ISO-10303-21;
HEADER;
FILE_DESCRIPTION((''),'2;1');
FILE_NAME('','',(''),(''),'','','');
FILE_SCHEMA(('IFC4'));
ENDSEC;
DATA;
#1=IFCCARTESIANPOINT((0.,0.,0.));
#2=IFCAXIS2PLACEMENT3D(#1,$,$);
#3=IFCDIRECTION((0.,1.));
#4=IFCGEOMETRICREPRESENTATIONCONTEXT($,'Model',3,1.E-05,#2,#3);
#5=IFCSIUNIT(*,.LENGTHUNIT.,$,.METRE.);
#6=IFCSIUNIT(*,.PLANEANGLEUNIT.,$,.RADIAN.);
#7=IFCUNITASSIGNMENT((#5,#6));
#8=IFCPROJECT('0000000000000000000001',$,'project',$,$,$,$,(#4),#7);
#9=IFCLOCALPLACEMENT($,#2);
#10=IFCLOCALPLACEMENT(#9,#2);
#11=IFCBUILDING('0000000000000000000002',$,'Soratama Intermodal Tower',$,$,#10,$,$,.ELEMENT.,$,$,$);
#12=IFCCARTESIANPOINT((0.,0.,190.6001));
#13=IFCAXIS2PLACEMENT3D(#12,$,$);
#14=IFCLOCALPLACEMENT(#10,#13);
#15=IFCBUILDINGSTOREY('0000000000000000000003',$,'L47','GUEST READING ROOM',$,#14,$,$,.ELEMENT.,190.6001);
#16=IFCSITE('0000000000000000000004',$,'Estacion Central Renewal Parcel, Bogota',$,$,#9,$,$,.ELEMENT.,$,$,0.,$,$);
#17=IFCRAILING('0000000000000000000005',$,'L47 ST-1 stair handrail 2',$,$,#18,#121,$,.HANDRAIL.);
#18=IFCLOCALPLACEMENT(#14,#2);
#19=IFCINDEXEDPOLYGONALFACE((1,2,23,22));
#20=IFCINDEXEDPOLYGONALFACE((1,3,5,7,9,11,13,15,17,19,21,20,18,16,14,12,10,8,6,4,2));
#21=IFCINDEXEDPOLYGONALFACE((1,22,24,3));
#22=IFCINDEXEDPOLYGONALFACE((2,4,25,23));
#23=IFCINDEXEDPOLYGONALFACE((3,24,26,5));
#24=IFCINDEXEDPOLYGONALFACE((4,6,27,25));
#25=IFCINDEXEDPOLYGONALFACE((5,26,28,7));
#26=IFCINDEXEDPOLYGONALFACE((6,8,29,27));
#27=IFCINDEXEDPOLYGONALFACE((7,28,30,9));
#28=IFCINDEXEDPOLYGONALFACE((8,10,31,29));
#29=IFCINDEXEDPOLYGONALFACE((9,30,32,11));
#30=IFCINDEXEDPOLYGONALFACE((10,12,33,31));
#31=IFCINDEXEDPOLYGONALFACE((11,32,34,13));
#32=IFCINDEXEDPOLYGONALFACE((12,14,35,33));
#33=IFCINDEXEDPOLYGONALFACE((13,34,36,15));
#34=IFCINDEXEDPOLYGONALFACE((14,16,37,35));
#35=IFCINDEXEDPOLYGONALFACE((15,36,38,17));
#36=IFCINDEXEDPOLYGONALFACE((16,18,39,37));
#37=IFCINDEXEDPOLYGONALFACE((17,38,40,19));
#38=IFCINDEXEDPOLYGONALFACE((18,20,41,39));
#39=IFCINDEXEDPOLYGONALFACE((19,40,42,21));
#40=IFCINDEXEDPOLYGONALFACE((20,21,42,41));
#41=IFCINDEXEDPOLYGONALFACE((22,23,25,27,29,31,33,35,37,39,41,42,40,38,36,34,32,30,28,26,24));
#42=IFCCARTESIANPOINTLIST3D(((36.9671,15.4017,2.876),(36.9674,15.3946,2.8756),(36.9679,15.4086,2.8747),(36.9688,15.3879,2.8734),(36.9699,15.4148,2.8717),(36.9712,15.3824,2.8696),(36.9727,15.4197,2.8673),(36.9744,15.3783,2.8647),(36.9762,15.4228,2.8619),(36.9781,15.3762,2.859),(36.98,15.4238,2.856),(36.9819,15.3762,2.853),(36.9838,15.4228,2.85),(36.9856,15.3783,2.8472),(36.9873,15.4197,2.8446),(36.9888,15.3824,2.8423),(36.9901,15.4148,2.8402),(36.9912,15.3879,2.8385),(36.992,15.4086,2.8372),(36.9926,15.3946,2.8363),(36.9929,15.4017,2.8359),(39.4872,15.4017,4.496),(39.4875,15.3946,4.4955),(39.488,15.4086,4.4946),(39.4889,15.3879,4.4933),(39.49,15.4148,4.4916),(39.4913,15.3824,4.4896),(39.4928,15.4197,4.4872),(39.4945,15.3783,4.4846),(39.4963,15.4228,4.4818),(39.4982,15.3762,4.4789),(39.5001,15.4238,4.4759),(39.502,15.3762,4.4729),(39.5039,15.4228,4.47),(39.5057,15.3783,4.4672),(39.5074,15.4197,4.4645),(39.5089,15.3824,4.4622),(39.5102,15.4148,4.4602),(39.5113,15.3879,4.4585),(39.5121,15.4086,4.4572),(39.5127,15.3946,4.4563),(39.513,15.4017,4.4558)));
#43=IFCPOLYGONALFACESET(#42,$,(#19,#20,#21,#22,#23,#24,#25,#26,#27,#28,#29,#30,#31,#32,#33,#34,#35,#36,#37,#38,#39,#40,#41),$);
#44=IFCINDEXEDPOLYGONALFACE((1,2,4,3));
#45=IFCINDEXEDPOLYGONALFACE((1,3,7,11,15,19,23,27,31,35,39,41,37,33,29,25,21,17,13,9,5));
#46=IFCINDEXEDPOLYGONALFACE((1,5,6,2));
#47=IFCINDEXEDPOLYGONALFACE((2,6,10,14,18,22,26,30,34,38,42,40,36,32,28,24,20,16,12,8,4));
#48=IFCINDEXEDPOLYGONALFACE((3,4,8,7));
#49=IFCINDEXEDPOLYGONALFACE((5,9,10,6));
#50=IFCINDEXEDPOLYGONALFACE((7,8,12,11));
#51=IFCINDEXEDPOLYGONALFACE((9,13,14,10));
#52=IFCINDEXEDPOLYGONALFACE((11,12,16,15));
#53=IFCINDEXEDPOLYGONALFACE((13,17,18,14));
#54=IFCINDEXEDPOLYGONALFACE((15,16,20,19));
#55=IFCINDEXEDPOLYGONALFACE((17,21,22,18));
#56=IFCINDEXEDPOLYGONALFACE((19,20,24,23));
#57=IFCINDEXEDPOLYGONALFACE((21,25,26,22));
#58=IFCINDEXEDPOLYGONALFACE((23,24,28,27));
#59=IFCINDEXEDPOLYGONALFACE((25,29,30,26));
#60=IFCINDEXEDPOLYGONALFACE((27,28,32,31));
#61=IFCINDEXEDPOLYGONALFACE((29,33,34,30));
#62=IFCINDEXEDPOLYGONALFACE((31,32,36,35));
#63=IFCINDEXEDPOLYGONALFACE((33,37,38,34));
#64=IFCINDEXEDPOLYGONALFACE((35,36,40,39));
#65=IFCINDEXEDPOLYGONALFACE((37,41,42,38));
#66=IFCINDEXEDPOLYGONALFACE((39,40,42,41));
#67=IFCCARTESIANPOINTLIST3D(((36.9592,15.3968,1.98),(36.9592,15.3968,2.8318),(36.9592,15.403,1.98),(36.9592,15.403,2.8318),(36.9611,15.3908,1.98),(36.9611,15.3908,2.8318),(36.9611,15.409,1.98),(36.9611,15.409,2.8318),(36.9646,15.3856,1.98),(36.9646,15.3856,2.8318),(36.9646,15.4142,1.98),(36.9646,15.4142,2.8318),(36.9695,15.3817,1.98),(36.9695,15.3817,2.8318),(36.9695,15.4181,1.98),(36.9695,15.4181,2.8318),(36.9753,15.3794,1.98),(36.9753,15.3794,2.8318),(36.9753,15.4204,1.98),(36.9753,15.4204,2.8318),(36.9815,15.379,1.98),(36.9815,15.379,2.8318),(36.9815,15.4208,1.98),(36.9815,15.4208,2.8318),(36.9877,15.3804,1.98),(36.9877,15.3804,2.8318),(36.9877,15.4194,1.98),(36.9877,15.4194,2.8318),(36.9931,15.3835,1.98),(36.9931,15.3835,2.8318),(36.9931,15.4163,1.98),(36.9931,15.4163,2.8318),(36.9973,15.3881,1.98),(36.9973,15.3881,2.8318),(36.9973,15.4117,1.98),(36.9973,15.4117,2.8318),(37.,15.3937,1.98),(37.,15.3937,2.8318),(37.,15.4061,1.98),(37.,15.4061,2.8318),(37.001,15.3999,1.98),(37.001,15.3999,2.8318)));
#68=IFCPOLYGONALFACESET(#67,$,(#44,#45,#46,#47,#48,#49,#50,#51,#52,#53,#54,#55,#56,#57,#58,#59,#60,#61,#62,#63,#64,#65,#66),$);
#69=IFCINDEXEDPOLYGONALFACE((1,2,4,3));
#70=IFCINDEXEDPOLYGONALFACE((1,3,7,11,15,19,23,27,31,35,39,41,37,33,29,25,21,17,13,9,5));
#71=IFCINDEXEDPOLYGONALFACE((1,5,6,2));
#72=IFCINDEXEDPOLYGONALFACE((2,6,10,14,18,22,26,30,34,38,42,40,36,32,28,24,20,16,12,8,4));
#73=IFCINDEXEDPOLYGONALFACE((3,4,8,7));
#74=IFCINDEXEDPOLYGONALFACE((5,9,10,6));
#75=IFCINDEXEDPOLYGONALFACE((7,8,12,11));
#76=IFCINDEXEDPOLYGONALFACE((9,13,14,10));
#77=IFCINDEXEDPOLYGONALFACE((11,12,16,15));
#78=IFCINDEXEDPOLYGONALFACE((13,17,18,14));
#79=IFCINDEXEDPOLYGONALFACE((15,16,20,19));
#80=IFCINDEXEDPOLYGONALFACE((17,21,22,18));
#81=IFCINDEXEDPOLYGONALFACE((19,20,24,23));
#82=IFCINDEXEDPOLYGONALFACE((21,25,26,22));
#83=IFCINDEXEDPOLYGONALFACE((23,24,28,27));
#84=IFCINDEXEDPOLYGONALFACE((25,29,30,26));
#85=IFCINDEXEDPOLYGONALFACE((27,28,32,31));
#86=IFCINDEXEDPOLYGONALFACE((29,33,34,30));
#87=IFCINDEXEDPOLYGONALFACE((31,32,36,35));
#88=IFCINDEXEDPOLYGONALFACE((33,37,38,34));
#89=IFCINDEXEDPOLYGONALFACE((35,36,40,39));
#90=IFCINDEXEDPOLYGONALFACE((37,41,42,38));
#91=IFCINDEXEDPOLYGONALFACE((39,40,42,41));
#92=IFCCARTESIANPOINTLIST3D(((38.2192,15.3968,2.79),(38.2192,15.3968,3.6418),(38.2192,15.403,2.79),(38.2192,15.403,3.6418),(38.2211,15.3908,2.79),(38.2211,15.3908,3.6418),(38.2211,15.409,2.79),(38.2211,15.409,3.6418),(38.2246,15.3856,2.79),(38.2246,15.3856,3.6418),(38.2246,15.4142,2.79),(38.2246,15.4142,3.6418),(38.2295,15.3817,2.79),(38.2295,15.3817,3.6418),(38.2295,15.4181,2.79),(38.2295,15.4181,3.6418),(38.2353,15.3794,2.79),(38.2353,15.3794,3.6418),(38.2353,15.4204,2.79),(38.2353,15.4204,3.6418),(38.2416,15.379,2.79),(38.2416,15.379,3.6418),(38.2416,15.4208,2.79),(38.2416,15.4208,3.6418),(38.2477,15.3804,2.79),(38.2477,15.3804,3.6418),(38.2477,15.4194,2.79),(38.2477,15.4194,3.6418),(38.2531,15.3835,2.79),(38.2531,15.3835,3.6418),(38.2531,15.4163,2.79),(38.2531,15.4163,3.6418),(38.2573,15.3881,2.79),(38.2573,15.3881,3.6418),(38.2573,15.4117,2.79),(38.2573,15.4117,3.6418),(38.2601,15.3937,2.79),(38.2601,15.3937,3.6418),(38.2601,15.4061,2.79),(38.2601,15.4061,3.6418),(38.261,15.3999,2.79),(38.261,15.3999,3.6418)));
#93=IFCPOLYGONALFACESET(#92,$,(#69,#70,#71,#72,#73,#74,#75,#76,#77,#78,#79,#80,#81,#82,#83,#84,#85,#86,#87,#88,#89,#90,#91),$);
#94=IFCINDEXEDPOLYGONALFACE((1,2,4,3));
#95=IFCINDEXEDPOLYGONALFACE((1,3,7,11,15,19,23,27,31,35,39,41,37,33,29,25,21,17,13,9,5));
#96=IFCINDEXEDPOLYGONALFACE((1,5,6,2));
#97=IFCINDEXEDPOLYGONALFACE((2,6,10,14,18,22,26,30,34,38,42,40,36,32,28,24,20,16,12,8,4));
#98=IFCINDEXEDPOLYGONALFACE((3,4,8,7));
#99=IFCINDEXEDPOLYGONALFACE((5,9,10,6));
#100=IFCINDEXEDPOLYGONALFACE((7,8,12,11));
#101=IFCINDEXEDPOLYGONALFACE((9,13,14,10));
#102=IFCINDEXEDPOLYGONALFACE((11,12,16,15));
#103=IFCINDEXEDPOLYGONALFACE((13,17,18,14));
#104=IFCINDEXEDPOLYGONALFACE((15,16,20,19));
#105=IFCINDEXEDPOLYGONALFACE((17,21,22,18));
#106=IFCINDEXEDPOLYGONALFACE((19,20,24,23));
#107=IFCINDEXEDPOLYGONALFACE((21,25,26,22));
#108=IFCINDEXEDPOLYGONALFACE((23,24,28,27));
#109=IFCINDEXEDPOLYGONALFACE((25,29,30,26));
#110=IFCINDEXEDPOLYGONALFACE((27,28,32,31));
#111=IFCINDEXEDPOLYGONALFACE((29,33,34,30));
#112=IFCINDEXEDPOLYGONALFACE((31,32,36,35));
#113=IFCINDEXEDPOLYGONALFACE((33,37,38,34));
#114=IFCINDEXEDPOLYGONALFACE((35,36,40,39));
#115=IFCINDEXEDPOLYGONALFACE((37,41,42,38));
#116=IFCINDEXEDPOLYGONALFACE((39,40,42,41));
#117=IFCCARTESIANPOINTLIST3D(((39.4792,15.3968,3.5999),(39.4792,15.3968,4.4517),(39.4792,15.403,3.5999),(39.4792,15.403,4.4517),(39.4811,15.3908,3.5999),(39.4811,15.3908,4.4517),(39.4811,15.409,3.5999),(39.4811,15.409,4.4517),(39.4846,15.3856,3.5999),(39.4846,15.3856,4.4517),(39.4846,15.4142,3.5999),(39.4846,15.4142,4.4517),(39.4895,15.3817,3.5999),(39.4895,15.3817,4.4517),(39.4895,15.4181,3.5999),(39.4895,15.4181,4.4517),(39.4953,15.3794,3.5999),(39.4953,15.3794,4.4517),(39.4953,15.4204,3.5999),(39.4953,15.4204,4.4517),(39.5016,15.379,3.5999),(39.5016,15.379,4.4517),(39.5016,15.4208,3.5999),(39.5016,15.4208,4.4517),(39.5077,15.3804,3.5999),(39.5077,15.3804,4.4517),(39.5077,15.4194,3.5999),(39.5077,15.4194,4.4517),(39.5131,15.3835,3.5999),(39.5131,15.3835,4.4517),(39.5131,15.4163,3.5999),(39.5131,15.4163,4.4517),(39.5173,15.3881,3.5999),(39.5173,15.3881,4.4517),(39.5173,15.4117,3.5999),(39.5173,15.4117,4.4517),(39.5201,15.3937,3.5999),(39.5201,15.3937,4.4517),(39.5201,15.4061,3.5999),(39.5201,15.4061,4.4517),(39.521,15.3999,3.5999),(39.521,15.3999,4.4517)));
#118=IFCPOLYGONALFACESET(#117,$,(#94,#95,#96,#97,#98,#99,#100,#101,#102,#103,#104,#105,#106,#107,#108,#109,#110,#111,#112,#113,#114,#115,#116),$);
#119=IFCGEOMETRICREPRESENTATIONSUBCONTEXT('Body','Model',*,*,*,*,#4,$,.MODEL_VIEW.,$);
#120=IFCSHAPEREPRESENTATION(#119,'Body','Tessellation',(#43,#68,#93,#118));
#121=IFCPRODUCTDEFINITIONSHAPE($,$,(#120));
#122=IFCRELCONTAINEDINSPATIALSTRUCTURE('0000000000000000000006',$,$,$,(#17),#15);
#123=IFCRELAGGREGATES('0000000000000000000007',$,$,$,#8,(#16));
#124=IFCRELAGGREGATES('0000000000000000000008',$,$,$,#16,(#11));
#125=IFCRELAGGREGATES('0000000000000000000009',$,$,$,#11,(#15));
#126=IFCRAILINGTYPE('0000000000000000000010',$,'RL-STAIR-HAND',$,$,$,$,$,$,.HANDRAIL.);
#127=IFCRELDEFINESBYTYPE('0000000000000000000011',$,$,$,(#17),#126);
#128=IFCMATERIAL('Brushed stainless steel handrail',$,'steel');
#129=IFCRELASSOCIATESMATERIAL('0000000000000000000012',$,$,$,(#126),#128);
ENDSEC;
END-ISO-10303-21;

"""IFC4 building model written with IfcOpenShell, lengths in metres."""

from ifc_helpers import new_model, si_unit, direction, frame, origin, origin_2d, place, context, subcontext, project, spatial, circle, extrude, material, type_object, element, save


model = new_model("IFC4")

# Units and contexts
model_context = context("Model", 3, precision=1e-05, world=origin(), true_north=direction((0.0, 1.0)))
body_context = subcontext(model_context, "Body", "Model", "MODEL_VIEW")
ifc_project = project(units=[si_unit("LENGTHUNIT", "METRE"), si_unit("PLANEANGLEUNIT", "RADIAN")], contexts=[model_context])

# Site, building, storey
site_placement = place(None, origin())
site = spatial("IfcSite", under=ifc_project, at=site_placement, Name="Estacion Central Renewal Parcel, Bogota", CompositionType="ELEMENT", RefElevation=0.0)
building_placement = place(site_placement, origin())
building = spatial("IfcBuilding", under=site, at=building_placement, Name="Soratama Intermodal Tower", CompositionType="ELEMENT")
storey_placement = place(building_placement, frame((0.0, 0.0, 190.6001)))
storey = spatial("IfcBuildingStorey", under=building, at=storey_placement, Name="L47", Description="GUEST READING ROOM", CompositionType="ELEMENT", Elevation=190.6001)

# Railing
ifc_material_1 = material(Name="Brushed stainless steel handrail", Category="steel")
railing_type_1 = type_object("IfcRailingType", Name="RL-STAIR-HAND", PredefinedType="HANDRAIL", material=ifc_material_1)
railing_1_placement = place(storey_placement, frame((36.98, 15.3999, 1.98)))
element("IfcRailing", 1, at=railing_1_placement, inside=storey, type_object=railing_type_1, Name="L47 ST-1 stair handrail 2", PredefinedType="HANDRAIL", context=body_context, shape_type="SweptSolid", body=[
    extrude(circle(Radius=0.0239, at=origin_2d()), frame((0.0, 0.0, 0.876), z_axis=(0.8412, 0.0, 0.540725), x_axis=(0.0, 1.0, 0.0)), (0.0, 0.0, 1.0), 2.9958),
    extrude(circle(Radius=0.021, at=origin_2d()), origin(), (0.0, 0.0, 1.0), 0.8518),
    extrude(circle(Radius=0.021, at=origin_2d()), frame((1.26, 0.0, 0.8101)), (0.0, 0.0, 1.0), 0.8518),
    extrude(circle(Radius=0.021, at=origin_2d()), frame((2.52, 0.0, 1.6199)), (0.0, 0.0, 1.0), 0.8518),
])

save(model, "model.ifc")
